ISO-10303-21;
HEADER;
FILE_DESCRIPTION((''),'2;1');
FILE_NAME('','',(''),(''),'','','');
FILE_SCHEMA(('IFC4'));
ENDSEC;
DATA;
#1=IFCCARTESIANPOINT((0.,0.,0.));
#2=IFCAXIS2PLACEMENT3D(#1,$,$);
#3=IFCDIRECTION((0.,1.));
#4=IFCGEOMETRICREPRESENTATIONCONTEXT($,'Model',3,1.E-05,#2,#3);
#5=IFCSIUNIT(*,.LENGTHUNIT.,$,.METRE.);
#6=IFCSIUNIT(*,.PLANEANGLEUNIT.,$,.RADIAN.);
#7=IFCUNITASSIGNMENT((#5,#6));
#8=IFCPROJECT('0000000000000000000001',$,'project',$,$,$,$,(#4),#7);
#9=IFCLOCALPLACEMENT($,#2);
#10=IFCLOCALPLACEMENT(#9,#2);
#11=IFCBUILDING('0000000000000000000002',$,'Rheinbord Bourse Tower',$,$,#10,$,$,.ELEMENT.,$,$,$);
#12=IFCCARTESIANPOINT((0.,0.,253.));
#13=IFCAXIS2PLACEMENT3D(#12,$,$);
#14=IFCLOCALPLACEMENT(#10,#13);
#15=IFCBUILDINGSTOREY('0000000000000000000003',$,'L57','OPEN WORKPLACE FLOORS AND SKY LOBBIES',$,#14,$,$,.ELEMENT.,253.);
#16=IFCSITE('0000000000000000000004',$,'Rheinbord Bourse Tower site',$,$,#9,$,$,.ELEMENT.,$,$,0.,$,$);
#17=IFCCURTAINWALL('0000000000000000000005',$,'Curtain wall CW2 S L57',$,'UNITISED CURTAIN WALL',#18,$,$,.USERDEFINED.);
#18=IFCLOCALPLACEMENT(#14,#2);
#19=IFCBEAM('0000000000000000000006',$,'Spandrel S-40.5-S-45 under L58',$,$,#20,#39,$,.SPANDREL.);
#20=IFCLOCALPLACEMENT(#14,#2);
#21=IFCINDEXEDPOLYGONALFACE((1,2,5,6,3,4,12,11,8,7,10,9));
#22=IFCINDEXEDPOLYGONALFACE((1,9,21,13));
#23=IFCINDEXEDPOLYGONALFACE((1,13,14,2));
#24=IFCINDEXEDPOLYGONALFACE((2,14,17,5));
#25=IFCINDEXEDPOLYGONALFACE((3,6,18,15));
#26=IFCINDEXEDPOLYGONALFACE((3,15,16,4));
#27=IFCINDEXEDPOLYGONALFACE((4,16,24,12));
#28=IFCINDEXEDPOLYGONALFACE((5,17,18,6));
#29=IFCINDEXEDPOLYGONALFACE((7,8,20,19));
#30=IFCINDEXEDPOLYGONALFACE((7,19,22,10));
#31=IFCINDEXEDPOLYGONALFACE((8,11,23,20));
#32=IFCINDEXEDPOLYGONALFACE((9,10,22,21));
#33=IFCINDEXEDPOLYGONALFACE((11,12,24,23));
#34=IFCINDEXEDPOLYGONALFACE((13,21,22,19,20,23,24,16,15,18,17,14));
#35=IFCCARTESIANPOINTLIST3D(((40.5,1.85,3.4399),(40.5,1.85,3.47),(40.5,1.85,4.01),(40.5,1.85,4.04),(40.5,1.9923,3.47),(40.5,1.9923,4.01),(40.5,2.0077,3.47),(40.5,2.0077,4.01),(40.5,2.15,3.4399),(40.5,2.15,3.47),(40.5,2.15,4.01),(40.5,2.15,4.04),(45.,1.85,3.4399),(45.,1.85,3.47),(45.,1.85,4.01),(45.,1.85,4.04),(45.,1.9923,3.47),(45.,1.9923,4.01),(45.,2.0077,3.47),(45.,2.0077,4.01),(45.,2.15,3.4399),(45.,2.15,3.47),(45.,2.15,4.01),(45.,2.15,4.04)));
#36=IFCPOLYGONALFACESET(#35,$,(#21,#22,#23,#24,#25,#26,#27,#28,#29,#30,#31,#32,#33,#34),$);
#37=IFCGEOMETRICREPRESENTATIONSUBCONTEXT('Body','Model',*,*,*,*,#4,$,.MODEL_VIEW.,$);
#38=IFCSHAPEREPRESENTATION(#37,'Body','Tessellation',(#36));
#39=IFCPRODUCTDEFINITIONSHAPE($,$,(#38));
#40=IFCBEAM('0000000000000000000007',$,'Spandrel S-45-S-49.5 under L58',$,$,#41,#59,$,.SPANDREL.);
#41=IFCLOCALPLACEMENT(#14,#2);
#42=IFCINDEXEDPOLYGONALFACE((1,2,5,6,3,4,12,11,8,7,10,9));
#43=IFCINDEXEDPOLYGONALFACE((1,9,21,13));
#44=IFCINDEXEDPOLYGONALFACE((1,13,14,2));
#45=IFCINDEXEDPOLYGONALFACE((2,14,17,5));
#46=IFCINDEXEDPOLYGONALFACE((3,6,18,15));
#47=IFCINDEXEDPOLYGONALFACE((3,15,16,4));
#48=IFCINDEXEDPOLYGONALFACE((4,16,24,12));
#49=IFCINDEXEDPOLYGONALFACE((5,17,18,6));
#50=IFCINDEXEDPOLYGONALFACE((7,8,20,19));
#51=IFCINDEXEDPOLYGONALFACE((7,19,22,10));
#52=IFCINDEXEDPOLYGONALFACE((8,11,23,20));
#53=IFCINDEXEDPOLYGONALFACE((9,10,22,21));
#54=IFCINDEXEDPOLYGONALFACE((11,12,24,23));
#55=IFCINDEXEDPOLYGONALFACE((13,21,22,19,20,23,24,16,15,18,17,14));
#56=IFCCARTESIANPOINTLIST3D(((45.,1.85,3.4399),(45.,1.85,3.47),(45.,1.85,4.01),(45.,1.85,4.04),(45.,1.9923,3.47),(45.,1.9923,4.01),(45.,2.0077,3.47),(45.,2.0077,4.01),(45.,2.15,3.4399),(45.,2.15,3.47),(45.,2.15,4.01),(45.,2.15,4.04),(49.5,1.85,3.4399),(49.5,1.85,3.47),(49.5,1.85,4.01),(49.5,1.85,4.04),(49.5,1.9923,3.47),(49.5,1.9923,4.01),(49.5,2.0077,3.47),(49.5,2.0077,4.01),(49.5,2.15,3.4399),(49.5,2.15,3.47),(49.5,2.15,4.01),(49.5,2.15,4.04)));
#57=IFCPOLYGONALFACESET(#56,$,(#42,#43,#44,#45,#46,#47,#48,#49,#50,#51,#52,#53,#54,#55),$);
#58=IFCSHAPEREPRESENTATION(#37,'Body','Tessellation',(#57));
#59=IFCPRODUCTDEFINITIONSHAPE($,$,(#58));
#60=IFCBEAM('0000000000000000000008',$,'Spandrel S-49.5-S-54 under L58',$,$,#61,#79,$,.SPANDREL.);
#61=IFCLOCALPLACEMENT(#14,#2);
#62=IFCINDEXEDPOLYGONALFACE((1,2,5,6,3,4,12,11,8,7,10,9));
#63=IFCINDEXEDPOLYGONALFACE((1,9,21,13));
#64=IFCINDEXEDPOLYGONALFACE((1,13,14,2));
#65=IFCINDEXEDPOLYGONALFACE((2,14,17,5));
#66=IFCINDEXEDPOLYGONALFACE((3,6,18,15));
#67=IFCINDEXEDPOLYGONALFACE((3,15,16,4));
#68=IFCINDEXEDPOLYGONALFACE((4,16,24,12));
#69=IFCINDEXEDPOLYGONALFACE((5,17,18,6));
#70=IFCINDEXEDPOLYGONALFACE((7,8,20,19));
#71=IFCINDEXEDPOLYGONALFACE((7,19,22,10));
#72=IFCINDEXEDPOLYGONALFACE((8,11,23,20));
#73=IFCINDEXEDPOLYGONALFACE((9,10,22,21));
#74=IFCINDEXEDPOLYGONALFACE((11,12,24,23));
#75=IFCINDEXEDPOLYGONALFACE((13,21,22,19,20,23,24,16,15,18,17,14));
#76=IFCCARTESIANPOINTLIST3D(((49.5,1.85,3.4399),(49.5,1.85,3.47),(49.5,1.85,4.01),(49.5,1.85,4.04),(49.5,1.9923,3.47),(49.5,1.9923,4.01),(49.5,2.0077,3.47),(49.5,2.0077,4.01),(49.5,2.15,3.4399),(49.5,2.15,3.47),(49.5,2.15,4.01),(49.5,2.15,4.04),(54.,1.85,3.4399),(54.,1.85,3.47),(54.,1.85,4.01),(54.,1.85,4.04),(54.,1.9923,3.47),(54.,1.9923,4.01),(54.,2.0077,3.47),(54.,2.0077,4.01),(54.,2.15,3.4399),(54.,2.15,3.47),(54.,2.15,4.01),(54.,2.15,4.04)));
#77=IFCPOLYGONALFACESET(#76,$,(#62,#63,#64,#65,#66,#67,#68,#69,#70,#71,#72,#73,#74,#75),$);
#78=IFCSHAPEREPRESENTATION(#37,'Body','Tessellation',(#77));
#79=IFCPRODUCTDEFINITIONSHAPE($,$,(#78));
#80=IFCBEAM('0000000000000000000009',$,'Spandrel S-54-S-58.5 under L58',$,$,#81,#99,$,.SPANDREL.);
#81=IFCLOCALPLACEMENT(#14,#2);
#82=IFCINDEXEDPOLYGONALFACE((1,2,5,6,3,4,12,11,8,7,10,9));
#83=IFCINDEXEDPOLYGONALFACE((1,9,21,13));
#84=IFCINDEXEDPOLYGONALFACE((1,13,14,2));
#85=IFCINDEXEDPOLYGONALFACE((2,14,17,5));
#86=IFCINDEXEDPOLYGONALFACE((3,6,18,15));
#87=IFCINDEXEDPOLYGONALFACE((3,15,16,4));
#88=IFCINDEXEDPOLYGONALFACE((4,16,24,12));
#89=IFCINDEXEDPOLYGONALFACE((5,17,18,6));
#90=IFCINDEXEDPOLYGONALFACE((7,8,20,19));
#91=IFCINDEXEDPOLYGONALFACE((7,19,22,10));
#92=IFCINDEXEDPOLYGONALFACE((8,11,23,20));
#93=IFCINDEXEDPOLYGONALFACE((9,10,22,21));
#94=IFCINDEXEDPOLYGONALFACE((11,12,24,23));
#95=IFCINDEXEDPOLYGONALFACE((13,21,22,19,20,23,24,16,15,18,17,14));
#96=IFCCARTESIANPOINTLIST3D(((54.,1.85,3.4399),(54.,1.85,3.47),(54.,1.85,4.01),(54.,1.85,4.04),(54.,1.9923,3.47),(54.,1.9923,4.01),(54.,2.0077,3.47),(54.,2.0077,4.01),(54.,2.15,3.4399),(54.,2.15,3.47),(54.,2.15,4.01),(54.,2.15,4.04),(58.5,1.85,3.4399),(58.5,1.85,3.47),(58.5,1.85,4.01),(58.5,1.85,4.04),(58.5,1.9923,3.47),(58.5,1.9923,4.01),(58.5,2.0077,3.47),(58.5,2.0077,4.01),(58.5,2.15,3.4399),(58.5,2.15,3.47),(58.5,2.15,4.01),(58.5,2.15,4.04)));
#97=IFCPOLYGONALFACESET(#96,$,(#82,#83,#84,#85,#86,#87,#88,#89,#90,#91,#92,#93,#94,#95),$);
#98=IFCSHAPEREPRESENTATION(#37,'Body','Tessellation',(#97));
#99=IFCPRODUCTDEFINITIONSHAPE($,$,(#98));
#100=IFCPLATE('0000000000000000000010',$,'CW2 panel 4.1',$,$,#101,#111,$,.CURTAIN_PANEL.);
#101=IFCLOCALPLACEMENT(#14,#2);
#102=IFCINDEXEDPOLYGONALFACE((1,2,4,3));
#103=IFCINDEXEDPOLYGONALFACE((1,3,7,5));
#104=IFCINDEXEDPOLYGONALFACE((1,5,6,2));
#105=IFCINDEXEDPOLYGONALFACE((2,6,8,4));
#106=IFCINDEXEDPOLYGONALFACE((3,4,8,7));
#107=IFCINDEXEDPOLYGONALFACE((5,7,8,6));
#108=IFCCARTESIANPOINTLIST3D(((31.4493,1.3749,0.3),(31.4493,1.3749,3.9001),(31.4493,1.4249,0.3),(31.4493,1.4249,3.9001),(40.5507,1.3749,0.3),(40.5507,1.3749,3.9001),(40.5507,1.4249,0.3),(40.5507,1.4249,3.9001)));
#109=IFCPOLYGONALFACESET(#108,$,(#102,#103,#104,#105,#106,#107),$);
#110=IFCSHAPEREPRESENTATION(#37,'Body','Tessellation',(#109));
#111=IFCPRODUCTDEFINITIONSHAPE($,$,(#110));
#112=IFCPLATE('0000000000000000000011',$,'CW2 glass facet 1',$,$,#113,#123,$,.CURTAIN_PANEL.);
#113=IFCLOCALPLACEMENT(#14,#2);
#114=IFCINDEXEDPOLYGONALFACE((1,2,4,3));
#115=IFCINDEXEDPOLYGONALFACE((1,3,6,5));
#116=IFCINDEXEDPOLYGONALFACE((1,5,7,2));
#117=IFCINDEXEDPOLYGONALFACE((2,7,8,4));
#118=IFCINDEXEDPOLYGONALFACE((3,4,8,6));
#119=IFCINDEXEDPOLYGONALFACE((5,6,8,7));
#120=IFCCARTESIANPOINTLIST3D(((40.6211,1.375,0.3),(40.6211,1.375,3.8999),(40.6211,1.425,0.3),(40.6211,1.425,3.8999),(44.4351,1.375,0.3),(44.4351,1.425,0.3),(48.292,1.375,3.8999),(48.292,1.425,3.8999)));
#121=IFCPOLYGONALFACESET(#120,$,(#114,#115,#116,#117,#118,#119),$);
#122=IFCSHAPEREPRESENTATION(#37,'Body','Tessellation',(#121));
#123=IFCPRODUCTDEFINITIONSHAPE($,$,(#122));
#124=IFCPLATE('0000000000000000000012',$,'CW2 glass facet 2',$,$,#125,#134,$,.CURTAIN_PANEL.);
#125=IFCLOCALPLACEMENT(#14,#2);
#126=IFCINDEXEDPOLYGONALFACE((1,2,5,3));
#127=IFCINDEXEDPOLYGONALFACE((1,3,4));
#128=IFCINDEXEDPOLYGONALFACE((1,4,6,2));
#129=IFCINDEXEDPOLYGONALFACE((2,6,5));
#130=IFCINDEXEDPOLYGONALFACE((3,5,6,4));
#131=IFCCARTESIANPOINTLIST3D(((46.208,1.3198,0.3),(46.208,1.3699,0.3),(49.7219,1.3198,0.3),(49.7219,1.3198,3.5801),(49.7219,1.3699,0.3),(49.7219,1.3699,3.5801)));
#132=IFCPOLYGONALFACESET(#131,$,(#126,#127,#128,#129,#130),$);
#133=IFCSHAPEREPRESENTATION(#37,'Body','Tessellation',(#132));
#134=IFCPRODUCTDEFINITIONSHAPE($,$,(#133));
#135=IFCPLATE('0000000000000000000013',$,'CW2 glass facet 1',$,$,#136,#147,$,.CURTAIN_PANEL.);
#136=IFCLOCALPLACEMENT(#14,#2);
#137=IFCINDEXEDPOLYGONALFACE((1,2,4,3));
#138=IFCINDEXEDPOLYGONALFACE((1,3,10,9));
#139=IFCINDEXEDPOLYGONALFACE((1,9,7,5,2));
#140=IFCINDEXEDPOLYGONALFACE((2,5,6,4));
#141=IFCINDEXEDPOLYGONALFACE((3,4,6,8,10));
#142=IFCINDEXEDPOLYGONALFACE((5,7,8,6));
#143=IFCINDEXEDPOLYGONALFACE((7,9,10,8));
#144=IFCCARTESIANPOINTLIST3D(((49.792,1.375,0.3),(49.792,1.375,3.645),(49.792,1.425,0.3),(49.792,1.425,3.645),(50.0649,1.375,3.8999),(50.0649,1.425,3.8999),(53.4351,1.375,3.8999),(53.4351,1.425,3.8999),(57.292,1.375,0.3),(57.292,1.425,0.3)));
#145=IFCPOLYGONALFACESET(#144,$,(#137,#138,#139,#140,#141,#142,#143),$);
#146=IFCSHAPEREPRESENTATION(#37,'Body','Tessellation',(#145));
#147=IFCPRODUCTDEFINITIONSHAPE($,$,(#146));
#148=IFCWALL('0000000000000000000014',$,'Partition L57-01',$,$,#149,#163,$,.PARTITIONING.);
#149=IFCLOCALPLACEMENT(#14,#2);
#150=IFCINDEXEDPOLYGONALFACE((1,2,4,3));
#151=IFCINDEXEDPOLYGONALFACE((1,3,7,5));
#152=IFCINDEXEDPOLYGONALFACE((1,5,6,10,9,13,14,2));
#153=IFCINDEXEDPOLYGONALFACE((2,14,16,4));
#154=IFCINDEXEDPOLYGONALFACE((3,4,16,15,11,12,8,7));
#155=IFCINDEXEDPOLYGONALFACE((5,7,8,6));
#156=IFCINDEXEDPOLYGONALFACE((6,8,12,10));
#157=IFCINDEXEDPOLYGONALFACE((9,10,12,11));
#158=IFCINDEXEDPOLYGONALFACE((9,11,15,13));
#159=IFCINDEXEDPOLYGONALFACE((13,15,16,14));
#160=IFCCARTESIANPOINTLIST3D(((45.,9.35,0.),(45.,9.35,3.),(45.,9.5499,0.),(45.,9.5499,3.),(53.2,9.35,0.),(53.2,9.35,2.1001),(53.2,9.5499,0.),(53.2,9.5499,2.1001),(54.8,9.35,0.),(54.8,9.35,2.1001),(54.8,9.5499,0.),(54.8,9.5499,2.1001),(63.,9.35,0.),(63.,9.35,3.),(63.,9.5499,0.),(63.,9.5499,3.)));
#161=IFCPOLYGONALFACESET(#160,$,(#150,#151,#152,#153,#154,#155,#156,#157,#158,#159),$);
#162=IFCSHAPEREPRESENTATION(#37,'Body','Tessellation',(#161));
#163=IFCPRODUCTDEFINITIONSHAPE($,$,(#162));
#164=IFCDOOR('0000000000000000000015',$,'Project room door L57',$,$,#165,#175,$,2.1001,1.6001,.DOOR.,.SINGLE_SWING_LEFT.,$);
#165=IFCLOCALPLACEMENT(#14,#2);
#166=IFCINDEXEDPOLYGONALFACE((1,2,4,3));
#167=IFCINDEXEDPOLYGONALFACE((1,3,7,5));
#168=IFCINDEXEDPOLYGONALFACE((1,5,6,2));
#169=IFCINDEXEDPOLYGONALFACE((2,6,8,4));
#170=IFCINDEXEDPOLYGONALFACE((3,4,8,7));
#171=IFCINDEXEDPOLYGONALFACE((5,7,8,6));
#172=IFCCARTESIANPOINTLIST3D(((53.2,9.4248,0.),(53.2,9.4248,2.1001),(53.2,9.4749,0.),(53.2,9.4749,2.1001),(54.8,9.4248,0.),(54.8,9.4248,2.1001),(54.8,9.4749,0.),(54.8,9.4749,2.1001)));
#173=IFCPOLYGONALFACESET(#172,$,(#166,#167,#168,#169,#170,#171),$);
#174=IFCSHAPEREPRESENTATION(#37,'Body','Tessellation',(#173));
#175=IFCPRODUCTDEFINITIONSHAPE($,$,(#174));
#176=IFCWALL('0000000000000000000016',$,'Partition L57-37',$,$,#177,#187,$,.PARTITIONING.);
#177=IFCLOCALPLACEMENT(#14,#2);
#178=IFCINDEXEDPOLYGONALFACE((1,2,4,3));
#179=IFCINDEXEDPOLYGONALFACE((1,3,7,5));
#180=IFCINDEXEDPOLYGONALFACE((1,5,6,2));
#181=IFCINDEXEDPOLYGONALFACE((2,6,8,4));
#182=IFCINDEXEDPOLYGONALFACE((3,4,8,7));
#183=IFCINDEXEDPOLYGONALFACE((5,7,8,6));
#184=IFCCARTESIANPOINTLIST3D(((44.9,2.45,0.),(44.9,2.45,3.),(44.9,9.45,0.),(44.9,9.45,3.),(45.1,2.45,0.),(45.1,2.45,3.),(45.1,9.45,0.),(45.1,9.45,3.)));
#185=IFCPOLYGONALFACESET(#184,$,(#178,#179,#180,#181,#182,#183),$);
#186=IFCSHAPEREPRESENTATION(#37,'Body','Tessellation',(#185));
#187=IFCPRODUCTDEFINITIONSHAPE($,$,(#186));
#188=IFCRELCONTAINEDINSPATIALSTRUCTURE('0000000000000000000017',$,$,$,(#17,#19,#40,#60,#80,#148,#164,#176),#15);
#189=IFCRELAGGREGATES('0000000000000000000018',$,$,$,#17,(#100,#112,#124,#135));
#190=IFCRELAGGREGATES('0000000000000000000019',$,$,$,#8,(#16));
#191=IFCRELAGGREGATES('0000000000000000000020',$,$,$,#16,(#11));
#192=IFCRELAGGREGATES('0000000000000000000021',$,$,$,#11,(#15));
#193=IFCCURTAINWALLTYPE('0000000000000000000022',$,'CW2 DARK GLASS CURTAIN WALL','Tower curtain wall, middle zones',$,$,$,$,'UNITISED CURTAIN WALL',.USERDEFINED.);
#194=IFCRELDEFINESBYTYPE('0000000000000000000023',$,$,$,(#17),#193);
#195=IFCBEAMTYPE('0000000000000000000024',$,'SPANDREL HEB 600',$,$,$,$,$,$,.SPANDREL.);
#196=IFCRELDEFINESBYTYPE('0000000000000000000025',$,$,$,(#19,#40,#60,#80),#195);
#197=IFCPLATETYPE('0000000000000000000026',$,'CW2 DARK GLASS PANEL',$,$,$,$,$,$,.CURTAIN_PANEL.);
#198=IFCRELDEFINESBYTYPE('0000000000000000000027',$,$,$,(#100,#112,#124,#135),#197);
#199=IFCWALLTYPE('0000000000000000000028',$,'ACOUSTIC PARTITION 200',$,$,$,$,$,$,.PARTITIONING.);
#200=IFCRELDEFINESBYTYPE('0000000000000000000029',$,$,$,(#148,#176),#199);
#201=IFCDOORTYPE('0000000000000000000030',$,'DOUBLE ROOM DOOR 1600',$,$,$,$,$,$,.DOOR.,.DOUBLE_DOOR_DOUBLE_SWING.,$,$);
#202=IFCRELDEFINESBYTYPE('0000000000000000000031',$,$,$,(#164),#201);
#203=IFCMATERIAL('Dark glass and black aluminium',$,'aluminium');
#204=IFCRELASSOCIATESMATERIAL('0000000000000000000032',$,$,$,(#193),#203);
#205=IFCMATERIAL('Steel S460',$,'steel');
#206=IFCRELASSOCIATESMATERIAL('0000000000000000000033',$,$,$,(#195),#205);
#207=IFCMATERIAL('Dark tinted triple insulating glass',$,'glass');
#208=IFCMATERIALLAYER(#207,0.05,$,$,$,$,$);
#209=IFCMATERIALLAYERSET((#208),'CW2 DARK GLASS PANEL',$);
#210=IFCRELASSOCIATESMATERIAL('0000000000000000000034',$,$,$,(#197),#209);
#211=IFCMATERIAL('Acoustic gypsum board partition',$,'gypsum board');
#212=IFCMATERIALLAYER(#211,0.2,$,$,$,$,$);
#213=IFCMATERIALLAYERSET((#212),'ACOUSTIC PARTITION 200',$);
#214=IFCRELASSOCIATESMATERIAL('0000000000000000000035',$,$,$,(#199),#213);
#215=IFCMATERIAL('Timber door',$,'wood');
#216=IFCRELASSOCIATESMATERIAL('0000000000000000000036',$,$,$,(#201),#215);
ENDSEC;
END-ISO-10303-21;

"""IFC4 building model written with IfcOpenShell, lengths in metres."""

from ifc_helpers import new_model, si_unit, direction, frame, frame_2d, origin, origin_2d, place, context, subcontext, project, spatial, polyline, rectangle, i_section, outline, extrude, material, layer, layer_set, material_profile, profile_set, type_object, element, fill, aggregate, save


model = new_model("IFC4")

# Units and contexts
model_context = context("Model", 3, precision=1e-05, world=origin(), true_north=direction((0.0, 1.0)))
body_context = subcontext(model_context, "Body", "Model", "MODEL_VIEW")
ifc_project = project(units=[si_unit("LENGTHUNIT", "METRE"), si_unit("PLANEANGLEUNIT", "RADIAN")], contexts=[model_context])

# Site, building, storey
site_placement = place(None, origin())
site = spatial("IfcSite", under=ifc_project, at=site_placement, Name="Rheinbord Bourse Tower site", CompositionType="ELEMENT", RefElevation=0.0)
building_placement = place(site_placement, origin())
building = spatial("IfcBuilding", under=site, at=building_placement, Name="Rheinbord Bourse Tower", CompositionType="ELEMENT")
storey_placement = place(building_placement, frame((0.0, 0.0, 253.0)))
storey = spatial("IfcBuildingStorey", under=building, at=storey_placement, Name="L57", Description="OPEN WORKPLACE FLOORS AND SKY LOBBIES", CompositionType="ELEMENT", Elevation=253.0)

# Curtain wall
ifc_material_1 = material(Name="Dark glass and black aluminium", Category="aluminium")
curtain_wall_type = type_object("IfcCurtainWallType", Name="CW2 DARK GLASS CURTAIN WALL", Description="Tower curtain wall, middle zones", ElementType="UNITISED CURTAIN WALL", PredefinedType="USERDEFINED", material=ifc_material_1)
curtain_wall_placement = place(storey_placement, origin())
curtain_wall = element("IfcCurtainWall", 1, at=curtain_wall_placement, inside=storey, type_object=curtain_wall_type, Name="Curtain wall CW2 S L57", ObjectType="UNITISED CURTAIN WALL", PredefinedType="USERDEFINED")

# Beams
ifc_material_2 = material(Name="Steel S460", Category="steel")
ifc_material_profile_1 = material_profile(ifc_material_2, i_section(OverallWidth=0.3, OverallDepth=0.6001, WebThickness=0.0154, FlangeThickness=0.03, at=origin_2d()), Name="HEB 600")
ifc_profile_set_1 = profile_set([ifc_material_profile_1], Name="Steel S460")
beam_type_1 = type_object("IfcBeamType", Name="SPANDREL HEB 600", PredefinedType="SPANDREL", material=ifc_profile_set_1)
for number, where, z_axis, x_axis, name in (
    (2, (40.5, 2.0, 3.74), (1.0, 0.0, 0.0), (0.0, 1.0, 0.0), "Spandrel S-40.5-S-45 under L58"),
    (3, (45.0, 2.0, 3.74), (1.0, 0.0, 0.0), (0.0, 1.0, 0.0), "Spandrel S-45-S-49.5 under L58"),
    (4, (49.5, 2.0, 3.74), (1.0, 0.0, 0.0), (0.0, 1.0, 0.0), "Spandrel S-49.5-S-54 under L58"),
    (5, (54.0, 2.0, 3.74), (1.0, 0.0, 0.0), (0.0, 1.0, 0.0), "Spandrel S-54-S-58.5 under L58"),
):
    element("IfcBeam", number, at=place(storey_placement, frame(where, z_axis=z_axis, x_axis=x_axis)), inside=storey, type_object=beam_type_1, Name=name, PredefinedType="SPANDREL", context=body_context, shape_type="SweptSolid", body=[
        extrude(i_section(OverallWidth=0.3, OverallDepth=0.6001, WebThickness=0.0154, FlangeThickness=0.03, at=origin_2d()), origin(), (0.0, 0.0, 1.0), 4.5),
    ])

# Plates
ifc_material_3 = material(Name="Dark tinted triple insulating glass", Category="glass")
ifc_layer_1 = layer(ifc_material_3, 0.05)
ifc_layer_set_1 = layer_set([ifc_layer_1], Name="CW2 DARK GLASS PANEL")
plate_type = type_object("IfcPlateType", Name="CW2 DARK GLASS PANEL", PredefinedType="CURTAIN_PANEL", material=ifc_layer_set_1)
plate_1_placement = place(storey_placement, frame((36.0, 1.3999, 0.3), z_axis=(0.0, 0.0, 1.0), x_axis=(1.0, 0.0, 0.0)))
plate_1 = element("IfcPlate", 6, at=plate_1_placement, type_object=plate_type, Name="CW2 panel 4.1", PredefinedType="CURTAIN_PANEL", context=body_context, shape_type="SweptSolid", body=[
    extrude(rectangle(XDim=9.1013, YDim=0.05, at=origin_2d()), origin(), (0.0, 0.0, 1.0), 3.6001),
])
plate_2_placement = place(storey_placement, frame((40.6211, 1.375, 0.3), z_axis=(0.0, 1.0, 0.0), x_axis=(0.0, 0.0, 1.0)))
plate_2 = element("IfcPlate", 7, at=plate_2_placement, type_object=plate_type, Name="CW2 glass facet 1", PredefinedType="CURTAIN_PANEL", context=body_context, shape_type="SweptSolid", body=[
    extrude(outline(polyline([(0.0, 0.0), (3.5999, 0.0), (3.5999, 7.6709), (0.0, 3.814), (0.0, 0.0)])), origin(), (0.0, 0.0, 1.0), 0.05),
])
plate_3_placement = place(storey_placement, frame((49.7219, 1.3198, 0.3), z_axis=(0.0, 1.0, 0.0), x_axis=(-1.0, 0.0, 0.0)))
plate_3 = element("IfcPlate", 8, at=plate_3_placement, type_object=plate_type, Name="CW2 glass facet 2", PredefinedType="CURTAIN_PANEL", context=body_context, shape_type="SweptSolid", body=[
    extrude(outline(polyline([(0.0, 0.0), (3.5139, 0.0), (0.0, 3.28), (0.0, 0.0)])), origin(), (0.0, 0.0, 1.0), 0.05),
])
plate_4_placement = place(storey_placement, frame((49.792, 1.375, 0.3), z_axis=(0.0, 1.0, 0.0), x_axis=(0.0, 0.0, 1.0)))
plate_4 = element("IfcPlate", 9, at=plate_4_placement, type_object=plate_type, Name="CW2 glass facet 1", PredefinedType="CURTAIN_PANEL", context=body_context, shape_type="SweptSolid", body=[
    extrude(outline(polyline([(0.0, 0.0), (3.345, 0.0), (3.5999, 0.2729), (3.5999, 3.6431), (0.0, 7.5), (0.0, 0.0)])), origin(), (0.0, 0.0, 1.0), 0.05),
])
aggregate(curtain_wall, [plate_1, plate_2, plate_3, plate_4])

# Wall, opening, door
ifc_material_4 = material(Name="Acoustic gypsum board partition", Category="gypsum board")
ifc_layer_2 = layer(ifc_material_4, 0.2)
ifc_layer_set_2 = layer_set([ifc_layer_2], Name="ACOUSTIC PARTITION 200")
wall_type_1 = type_object("IfcWallType", Name="ACOUSTIC PARTITION 200", PredefinedType="PARTITIONING", material=ifc_layer_set_2)
wall_1_placement = place(storey_placement, frame((45.0, 9.45, 0.0), z_axis=(0.0, 0.0, 1.0), x_axis=(1.0, 0.0, 0.0)))
wall_1 = element("IfcWall", 10, at=wall_1_placement, inside=storey, type_object=wall_type_1, Name="Partition L57-01", PredefinedType="PARTITIONING", context=body_context, shape_type="SweptSolid", body=[
    extrude(rectangle(XDim=18.0, YDim=0.2, at=frame_2d((9.0, 0.0))), origin(), (0.0, 0.0, 1.0), 3.0),
])
opening_1_placement = place(wall_1_placement, frame((8.2, 0.0, 0.0)))
opening_1 = element("IfcOpeningElement", 11, at=opening_1_placement, cuts=wall_1, PredefinedType="OPENING", context=body_context, shape_type="SweptSolid", body=[
    extrude(rectangle(XDim=1.6001, YDim=2.1001, at=frame_2d((0.8, 1.05))), frame((0.0, 0.1099, 0.0), z_axis=(0.0, -1.0, 0.0), x_axis=(1.0, 0.0, 0.0)), (0.0, 0.0, 1.0), 0.22),
])
ifc_material_5 = material(Name="Timber door", Category="wood")
door_type = type_object("IfcDoorType", Name="DOUBLE ROOM DOOR 1600", OperationType="DOUBLE_DOOR_DOUBLE_SWING", PredefinedType="DOOR", material=ifc_material_5)
door_1_placement = place(opening_1_placement, origin())
door_1 = element("IfcDoor", 12, at=door_1_placement, inside=storey, type_object=door_type, Name="Project room door L57", OperationType="SINGLE_SWING_LEFT", OverallHeight=2.1001, OverallWidth=1.6001, PredefinedType="DOOR", context=body_context, shape_type="SweptSolid", body=[
    extrude(rectangle(XDim=1.6001, YDim=2.1001, at=frame_2d((0.8, 1.05))), frame((0.0, 0.0249, 0.0), z_axis=(0.0, -1.0, 0.0), x_axis=(1.0, 0.0, 0.0)), (0.0, 0.0, 1.0), 0.05),
])
fill(opening_1, door_1)

# Wall
wall_2_placement = place(storey_placement, frame((45.0, 2.45, 0.0), z_axis=(0.0, 0.0, 1.0), x_axis=(0.0, 1.0, 0.0)))
element("IfcWall", 13, at=wall_2_placement, inside=storey, type_object=wall_type_1, Name="Partition L57-37", PredefinedType="PARTITIONING", context=body_context, shape_type="SweptSolid", body=[
    extrude(rectangle(XDim=7.0, YDim=0.2, at=frame_2d((3.5, 0.0))), origin(), (0.0, 0.0, 1.0), 3.0),
])

save(model, "model.ifc")
